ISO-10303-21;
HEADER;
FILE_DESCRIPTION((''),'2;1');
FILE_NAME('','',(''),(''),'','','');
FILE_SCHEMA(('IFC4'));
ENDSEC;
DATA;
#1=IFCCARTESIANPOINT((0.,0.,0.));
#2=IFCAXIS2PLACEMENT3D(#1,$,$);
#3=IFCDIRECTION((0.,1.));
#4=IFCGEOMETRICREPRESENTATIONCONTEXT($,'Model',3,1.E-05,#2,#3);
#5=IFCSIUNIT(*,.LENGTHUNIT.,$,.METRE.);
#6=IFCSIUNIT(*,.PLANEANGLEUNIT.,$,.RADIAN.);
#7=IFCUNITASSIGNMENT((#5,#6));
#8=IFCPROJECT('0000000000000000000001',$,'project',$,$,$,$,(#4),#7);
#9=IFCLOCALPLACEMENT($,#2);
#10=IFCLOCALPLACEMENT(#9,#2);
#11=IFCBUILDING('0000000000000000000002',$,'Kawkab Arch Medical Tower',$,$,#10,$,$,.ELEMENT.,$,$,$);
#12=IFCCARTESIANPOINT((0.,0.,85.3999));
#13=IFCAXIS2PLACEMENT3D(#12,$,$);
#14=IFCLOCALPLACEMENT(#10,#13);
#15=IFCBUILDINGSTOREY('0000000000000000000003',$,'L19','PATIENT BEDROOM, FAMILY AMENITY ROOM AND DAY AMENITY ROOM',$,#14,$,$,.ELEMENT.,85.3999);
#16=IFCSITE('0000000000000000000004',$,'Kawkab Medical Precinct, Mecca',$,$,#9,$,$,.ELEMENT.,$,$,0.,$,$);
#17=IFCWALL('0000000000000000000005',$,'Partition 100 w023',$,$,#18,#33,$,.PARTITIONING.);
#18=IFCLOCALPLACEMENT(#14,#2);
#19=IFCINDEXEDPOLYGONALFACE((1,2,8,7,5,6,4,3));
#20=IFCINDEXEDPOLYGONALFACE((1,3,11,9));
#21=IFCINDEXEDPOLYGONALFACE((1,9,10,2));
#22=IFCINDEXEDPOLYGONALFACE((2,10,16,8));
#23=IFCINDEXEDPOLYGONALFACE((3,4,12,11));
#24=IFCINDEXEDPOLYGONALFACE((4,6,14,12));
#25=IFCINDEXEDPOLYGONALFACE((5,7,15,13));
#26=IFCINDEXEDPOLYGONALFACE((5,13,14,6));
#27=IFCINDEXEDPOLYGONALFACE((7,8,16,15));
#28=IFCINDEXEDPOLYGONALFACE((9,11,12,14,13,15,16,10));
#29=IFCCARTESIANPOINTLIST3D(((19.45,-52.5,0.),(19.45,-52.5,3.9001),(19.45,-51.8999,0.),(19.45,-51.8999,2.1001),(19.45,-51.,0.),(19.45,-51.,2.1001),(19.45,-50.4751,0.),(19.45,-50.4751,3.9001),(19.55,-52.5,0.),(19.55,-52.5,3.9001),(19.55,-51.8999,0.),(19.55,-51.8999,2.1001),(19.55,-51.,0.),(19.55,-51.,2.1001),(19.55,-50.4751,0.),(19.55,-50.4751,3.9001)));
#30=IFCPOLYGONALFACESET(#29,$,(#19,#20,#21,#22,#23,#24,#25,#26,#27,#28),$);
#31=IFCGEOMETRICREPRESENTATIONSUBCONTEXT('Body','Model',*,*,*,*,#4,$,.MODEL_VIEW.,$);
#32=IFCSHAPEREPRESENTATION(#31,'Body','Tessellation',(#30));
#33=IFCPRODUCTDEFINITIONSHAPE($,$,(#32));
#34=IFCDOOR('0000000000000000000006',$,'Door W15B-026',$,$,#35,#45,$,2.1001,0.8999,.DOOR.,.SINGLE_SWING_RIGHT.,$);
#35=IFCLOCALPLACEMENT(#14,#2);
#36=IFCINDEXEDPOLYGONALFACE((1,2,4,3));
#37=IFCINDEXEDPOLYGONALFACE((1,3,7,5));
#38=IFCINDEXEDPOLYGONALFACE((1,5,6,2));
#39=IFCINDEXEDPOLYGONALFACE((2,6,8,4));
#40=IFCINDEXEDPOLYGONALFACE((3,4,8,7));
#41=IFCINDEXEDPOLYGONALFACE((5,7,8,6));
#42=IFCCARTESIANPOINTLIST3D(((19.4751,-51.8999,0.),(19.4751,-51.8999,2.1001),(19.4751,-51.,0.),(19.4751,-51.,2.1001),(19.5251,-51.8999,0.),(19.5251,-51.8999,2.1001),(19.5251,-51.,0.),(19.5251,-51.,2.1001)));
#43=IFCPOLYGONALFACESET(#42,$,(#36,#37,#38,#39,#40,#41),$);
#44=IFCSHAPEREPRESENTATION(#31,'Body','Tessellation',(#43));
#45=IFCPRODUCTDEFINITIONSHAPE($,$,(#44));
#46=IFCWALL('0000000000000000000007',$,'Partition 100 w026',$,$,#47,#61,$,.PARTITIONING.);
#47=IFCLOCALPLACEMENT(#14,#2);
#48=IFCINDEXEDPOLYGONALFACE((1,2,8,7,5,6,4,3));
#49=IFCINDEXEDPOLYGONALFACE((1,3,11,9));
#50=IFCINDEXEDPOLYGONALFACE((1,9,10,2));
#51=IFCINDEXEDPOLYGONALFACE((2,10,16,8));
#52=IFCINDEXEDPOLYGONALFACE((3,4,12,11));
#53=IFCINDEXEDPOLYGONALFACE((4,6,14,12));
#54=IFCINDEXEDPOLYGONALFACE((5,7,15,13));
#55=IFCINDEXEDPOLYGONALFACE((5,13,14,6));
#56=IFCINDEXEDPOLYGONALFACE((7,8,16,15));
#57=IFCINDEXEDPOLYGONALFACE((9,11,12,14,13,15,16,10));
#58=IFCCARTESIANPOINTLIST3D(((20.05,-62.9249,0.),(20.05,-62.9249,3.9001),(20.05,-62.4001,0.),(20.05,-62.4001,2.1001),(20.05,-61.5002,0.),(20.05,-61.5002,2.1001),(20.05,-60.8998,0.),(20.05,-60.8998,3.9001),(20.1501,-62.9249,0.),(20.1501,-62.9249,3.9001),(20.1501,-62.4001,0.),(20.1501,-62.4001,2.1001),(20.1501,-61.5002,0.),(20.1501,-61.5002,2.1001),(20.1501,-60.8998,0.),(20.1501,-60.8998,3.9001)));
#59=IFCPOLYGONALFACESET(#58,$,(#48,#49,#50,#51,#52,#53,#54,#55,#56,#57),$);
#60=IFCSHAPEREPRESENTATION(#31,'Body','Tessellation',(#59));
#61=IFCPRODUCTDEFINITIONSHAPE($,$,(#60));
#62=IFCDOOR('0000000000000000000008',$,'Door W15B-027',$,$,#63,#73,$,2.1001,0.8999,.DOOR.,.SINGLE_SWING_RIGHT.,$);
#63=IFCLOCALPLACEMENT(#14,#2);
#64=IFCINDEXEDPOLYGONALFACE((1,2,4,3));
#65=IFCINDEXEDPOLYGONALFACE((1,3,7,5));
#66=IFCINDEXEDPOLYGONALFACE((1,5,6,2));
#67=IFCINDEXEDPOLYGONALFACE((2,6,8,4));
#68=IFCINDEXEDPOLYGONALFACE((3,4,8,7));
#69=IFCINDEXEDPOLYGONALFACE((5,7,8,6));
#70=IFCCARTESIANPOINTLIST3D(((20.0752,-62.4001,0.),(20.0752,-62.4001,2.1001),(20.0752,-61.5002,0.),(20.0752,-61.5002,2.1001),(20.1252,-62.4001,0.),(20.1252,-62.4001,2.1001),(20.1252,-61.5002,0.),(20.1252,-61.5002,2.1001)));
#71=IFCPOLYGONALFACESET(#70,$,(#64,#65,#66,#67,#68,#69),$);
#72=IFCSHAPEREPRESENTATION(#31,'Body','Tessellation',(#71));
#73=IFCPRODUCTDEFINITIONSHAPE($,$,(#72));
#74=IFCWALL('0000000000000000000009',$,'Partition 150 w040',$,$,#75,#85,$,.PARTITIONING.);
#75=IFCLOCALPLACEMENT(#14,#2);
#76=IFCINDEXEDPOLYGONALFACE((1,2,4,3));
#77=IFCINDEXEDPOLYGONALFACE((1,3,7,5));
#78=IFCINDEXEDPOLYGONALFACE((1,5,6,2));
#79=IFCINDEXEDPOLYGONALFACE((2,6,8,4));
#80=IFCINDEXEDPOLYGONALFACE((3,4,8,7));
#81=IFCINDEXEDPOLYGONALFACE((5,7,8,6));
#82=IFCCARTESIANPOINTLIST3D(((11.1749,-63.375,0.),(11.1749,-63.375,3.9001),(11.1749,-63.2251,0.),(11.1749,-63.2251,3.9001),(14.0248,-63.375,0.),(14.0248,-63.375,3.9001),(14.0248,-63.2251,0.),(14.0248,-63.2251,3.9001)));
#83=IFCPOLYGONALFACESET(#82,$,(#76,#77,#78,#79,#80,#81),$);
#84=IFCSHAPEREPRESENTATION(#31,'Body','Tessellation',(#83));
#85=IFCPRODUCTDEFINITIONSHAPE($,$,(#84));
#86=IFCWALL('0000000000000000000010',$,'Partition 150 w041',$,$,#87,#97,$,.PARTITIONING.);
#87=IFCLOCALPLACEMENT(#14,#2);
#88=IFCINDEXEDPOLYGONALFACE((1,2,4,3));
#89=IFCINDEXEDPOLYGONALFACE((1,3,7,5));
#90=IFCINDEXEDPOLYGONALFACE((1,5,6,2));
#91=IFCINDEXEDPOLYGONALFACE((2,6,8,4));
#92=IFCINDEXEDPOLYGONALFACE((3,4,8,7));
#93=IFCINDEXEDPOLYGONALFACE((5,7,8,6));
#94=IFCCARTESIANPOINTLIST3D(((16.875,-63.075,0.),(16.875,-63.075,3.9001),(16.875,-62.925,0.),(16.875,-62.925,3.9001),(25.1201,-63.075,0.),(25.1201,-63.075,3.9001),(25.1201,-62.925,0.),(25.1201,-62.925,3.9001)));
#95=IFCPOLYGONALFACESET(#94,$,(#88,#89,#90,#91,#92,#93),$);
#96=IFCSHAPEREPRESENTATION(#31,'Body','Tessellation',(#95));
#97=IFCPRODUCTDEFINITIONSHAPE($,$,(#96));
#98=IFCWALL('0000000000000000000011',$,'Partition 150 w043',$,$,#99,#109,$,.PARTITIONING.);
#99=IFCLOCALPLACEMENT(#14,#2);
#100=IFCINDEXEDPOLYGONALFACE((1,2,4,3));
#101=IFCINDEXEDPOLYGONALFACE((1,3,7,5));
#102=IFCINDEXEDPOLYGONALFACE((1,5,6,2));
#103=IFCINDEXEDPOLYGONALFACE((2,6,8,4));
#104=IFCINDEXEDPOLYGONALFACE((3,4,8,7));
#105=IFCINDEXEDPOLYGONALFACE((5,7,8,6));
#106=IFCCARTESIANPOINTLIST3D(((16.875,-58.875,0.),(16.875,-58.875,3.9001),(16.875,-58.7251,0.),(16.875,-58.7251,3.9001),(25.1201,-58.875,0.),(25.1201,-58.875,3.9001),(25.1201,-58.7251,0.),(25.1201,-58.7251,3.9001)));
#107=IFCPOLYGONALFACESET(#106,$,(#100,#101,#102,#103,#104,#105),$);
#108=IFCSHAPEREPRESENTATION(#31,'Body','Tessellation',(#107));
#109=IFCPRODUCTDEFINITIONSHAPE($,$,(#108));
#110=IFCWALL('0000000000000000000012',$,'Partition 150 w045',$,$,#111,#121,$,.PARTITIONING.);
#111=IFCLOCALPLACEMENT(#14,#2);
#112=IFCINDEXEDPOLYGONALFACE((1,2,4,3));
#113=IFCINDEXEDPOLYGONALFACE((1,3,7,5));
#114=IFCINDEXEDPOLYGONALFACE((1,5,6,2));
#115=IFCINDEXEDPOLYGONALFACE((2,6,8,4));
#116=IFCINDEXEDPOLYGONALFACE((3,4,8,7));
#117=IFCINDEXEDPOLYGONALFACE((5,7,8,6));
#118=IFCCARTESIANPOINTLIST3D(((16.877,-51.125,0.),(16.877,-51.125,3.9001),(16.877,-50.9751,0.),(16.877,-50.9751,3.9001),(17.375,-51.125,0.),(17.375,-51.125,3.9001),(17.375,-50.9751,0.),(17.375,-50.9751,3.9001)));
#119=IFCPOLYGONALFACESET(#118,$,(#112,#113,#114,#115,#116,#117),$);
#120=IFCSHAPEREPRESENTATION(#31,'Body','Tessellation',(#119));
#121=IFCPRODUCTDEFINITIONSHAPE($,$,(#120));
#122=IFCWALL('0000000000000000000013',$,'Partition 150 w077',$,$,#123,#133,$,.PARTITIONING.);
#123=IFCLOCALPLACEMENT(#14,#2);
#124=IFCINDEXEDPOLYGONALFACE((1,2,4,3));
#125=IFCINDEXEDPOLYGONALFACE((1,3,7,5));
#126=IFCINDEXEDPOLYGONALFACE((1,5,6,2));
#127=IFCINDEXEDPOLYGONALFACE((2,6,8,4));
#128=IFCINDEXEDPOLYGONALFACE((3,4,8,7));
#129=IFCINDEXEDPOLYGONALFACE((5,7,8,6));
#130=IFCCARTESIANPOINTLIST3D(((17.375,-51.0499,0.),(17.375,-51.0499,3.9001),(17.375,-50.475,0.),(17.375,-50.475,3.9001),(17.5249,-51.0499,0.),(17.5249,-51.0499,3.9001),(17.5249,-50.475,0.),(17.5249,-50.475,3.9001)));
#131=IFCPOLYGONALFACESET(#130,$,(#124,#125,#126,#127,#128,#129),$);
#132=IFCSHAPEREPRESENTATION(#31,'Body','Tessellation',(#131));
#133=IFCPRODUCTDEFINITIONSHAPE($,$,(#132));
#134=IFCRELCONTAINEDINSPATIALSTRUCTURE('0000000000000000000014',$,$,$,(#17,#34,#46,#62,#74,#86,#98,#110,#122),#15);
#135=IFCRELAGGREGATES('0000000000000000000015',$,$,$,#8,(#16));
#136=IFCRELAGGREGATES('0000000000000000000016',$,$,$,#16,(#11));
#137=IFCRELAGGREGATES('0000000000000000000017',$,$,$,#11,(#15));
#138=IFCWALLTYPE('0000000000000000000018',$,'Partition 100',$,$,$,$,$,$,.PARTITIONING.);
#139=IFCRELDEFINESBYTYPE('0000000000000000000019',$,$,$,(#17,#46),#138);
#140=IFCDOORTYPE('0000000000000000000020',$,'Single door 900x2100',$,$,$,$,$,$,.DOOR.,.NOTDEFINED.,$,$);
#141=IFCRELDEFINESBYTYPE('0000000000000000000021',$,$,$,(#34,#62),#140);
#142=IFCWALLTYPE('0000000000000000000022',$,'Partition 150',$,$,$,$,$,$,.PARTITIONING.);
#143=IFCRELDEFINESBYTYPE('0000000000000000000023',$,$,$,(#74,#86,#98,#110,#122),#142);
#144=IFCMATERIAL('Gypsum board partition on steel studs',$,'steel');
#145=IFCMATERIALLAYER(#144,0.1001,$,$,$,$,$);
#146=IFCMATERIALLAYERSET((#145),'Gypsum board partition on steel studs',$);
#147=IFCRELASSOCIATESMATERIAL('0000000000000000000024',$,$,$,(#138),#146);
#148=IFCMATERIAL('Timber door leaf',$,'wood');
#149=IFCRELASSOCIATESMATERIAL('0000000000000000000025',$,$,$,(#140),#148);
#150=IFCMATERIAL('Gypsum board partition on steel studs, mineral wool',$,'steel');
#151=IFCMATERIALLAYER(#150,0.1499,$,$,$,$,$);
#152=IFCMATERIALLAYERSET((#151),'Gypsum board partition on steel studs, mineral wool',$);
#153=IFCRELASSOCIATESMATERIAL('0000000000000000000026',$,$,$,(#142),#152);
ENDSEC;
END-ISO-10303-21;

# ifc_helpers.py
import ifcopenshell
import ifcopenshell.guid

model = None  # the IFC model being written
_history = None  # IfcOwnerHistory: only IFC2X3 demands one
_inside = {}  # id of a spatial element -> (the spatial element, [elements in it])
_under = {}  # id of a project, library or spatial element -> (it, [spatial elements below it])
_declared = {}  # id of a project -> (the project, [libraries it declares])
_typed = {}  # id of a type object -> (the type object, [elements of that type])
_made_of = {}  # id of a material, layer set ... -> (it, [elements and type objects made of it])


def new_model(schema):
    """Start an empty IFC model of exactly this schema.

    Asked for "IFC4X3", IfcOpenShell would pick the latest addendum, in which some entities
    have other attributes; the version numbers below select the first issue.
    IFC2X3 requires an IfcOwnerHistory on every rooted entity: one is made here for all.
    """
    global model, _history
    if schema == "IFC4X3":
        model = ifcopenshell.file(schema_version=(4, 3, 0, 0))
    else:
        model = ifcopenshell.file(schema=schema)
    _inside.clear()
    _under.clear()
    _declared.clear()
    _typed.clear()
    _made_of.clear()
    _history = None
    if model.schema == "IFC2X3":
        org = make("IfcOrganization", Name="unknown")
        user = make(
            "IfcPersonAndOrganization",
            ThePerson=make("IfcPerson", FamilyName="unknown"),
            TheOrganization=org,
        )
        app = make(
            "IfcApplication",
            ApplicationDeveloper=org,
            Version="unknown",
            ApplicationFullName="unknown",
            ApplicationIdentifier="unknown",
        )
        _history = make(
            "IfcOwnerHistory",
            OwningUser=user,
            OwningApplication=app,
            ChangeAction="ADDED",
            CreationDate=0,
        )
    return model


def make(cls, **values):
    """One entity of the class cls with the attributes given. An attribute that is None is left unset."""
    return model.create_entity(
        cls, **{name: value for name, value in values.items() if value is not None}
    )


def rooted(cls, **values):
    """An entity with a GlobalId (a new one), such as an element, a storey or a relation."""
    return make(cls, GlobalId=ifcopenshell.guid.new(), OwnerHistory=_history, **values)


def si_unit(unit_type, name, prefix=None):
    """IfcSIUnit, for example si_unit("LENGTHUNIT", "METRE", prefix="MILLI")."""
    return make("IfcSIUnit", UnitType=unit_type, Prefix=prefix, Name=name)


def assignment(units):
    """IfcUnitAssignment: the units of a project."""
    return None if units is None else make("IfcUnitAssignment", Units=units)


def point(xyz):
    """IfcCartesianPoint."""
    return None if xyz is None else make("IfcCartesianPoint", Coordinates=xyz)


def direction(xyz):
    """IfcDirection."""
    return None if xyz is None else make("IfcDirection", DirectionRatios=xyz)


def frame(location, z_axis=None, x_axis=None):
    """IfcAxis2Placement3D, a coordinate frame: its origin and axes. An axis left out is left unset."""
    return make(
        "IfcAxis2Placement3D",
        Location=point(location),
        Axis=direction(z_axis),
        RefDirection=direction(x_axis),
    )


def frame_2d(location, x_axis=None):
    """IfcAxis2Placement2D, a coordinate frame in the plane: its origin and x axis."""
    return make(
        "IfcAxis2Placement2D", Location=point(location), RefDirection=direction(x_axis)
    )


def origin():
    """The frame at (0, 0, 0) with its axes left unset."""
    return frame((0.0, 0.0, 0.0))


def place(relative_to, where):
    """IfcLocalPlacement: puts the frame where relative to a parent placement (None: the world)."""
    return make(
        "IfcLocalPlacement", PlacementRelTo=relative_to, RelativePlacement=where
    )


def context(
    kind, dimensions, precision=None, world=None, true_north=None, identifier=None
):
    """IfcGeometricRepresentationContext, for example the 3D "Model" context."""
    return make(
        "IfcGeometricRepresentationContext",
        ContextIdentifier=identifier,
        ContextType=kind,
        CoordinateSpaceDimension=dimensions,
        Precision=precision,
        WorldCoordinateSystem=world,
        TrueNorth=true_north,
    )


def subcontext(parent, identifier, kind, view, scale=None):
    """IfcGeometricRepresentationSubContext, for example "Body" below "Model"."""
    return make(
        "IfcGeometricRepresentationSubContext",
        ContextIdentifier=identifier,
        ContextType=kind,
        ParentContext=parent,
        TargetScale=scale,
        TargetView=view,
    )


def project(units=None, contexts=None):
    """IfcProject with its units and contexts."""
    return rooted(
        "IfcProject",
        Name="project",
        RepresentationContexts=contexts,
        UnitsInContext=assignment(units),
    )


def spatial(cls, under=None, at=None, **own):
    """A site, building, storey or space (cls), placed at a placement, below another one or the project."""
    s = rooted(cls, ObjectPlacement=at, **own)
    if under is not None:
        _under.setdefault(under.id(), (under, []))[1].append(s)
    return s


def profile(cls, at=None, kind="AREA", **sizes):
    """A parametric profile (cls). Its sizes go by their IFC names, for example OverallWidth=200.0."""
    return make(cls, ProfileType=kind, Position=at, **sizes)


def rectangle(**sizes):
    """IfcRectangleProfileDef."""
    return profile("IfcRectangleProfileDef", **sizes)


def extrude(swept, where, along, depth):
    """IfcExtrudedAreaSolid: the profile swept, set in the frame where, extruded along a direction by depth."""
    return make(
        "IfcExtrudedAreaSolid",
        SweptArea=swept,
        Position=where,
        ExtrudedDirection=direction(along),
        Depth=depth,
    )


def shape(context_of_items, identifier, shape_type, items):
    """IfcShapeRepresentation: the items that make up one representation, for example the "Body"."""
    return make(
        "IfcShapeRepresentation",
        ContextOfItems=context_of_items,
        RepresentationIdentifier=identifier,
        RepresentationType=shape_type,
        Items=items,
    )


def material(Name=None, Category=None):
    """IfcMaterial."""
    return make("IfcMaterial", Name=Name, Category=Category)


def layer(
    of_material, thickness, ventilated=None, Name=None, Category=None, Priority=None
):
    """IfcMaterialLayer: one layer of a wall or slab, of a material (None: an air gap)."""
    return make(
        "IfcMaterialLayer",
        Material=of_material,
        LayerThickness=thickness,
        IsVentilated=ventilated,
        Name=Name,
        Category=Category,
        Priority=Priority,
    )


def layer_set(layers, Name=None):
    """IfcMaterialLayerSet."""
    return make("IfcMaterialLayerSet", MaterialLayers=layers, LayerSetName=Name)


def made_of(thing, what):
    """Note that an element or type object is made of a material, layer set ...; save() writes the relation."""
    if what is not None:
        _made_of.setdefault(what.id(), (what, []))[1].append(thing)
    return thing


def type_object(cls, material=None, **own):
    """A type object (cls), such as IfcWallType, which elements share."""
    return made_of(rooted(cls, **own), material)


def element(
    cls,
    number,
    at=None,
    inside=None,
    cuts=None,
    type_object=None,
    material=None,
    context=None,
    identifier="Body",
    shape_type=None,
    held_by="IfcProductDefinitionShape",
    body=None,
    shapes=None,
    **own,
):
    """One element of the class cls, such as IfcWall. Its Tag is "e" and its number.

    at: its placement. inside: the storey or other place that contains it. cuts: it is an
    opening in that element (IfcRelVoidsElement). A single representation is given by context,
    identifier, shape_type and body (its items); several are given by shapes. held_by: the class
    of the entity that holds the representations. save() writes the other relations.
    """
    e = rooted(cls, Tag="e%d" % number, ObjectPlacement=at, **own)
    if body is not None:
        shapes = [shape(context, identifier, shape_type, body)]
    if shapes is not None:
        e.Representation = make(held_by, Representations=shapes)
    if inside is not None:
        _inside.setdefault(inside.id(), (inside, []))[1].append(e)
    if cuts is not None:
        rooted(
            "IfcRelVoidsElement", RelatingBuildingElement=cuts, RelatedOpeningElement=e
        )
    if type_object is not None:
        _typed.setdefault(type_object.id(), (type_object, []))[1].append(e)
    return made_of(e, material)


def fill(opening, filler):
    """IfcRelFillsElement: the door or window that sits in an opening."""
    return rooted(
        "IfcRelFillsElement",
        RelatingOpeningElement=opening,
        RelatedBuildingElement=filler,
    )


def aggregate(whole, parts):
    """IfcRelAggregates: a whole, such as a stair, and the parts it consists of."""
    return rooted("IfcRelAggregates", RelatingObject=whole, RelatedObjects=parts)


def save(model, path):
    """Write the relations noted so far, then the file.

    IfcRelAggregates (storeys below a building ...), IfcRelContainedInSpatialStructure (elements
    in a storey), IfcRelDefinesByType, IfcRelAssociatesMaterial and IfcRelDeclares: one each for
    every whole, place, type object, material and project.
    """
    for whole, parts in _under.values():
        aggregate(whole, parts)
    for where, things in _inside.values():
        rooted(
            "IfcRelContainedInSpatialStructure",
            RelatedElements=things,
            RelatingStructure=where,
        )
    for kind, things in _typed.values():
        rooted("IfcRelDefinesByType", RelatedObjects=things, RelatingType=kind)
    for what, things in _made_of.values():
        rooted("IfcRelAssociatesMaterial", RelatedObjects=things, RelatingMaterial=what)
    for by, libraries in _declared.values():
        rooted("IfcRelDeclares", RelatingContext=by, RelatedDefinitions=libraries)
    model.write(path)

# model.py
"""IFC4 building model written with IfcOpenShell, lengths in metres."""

from ifc_helpers import new_model, si_unit, direction, frame, frame_2d, origin, place, context, subcontext, project, spatial, rectangle, extrude, material, layer, layer_set, type_object, element, fill, save


model = new_model("IFC4")

# Units and contexts
model_context = context("Model", 3, precision=1e-05, world=origin(), true_north=direction((0.0, 1.0)))
body_context = subcontext(model_context, "Body", "Model", "MODEL_VIEW")
ifc_project = project(units=[si_unit("LENGTHUNIT", "METRE"), si_unit("PLANEANGLEUNIT", "RADIAN")], contexts=[model_context])

# Site, building, storey
site_placement = place(None, origin())
site = spatial("IfcSite", under=ifc_project, at=site_placement, Name="Kawkab Medical Precinct, Mecca", CompositionType="ELEMENT", RefElevation=0.0)
building_placement = place(site_placement, origin())
building = spatial("IfcBuilding", under=site, at=building_placement, Name="Kawkab Arch Medical Tower", CompositionType="ELEMENT")
storey_placement = place(building_placement, frame((0.0, 0.0, 85.3999)))
storey = spatial("IfcBuildingStorey", under=building, at=storey_placement, Name="L19", Description="PATIENT BEDROOM, FAMILY AMENITY ROOM AND DAY AMENITY ROOM", CompositionType="ELEMENT", Elevation=85.3999)

# Shared definitions
ifc_material_1 = material(Name="Gypsum board partition on steel studs", Category="steel")
ifc_layer_1 = layer(ifc_material_1, 0.1001)
ifc_layer_set_1 = layer_set([ifc_layer_1], Name="Gypsum board partition on steel studs")
wall_type_1 = type_object("IfcWallType", Name="Partition 100", PredefinedType="PARTITIONING", material=ifc_layer_set_1)

# Shared definitions
ifc_material_2 = material(Name="Timber door leaf", Category="wood")
door_type_1 = type_object("IfcDoorType", Name="Single door 900x2100", OperationType="NOTDEFINED", PredefinedType="DOOR", material=ifc_material_2)

# Walls, openings, doors
wall_1_placement = place(storey_placement, frame((19.5, -52.5, 0.0), z_axis=(0.0, 0.0, 1.0), x_axis=(0.0, 1.0, 0.0)))
wall_1 = element("IfcWall", 1, at=wall_1_placement, inside=storey, type_object=wall_type_1, Name="Partition 100 w023", PredefinedType="PARTITIONING", context=body_context, shape_type="SweptSolid", body=[
    extrude(rectangle(XDim=2.0249, YDim=0.1001, at=frame_2d((1.0125, 0.0))), origin(), (0.0, 0.0, 1.0), 3.9001),
])
opening_1_placement = place(wall_1_placement, frame((0.6001, 0.0, 0.0)))
opening_1 = element("IfcOpeningElement", 2, at=opening_1_placement, cuts=wall_1, PredefinedType="OPENING", context=body_context, shape_type="SweptSolid", body=[
    extrude(rectangle(XDim=0.8999, YDim=2.1001, at=frame_2d((0.45, 1.05))), frame((0.0, 0.0601, 0.0), z_axis=(0.0, -1.0, 0.0), x_axis=(1.0, 0.0, 0.0)), (0.0, 0.0, 1.0), 0.1201),
])
door_1_placement = place(opening_1_placement, origin())
door_1 = element("IfcDoor", 3, at=door_1_placement, inside=storey, type_object=door_type_1, Name="Door W15B-026", OperationType="SINGLE_SWING_RIGHT", OverallHeight=2.1001, OverallWidth=0.8999, PredefinedType="DOOR", context=body_context, shape_type="SweptSolid", body=[
    extrude(rectangle(XDim=0.8999, YDim=2.1001, at=frame_2d((0.45, 1.05))), frame((0.0, 0.0249, 0.0), z_axis=(0.0, -1.0, 0.0), x_axis=(1.0, 0.0, 0.0)), (0.0, 0.0, 1.0), 0.05),
])
fill(opening_1, door_1)
wall_2_placement = place(storey_placement, frame((20.1001, -62.925, 0.0), z_axis=(0.0, 0.0, 1.0), x_axis=(0.0, 1.0, 0.0)))
wall_2 = element("IfcWall", 4, at=wall_2_placement, inside=storey, type_object=wall_type_1, Name="Partition 100 w026", PredefinedType="PARTITIONING", context=body_context, shape_type="SweptSolid", body=[
    extrude(rectangle(XDim=2.0251, YDim=0.1001, at=frame_2d((1.0127, 0.0))), origin(), (0.0, 0.0, 1.0), 3.9001),
])
opening_2_placement = place(wall_2_placement, frame((0.5249, 0.0, 0.0)))
opening_2 = element("IfcOpeningElement", 5, at=opening_2_placement, cuts=wall_2, PredefinedType="OPENING", context=body_context, shape_type="SweptSolid", body=[
    extrude(rectangle(XDim=0.8999, YDim=2.1001, at=frame_2d((0.45, 1.05))), frame((0.0, 0.0601, 0.0), z_axis=(0.0, -1.0, 0.0), x_axis=(1.0, 0.0, 0.0)), (0.0, 0.0, 1.0), 0.1201),
])
door_2_placement = place(opening_2_placement, origin())
door_2 = element("IfcDoor", 6, at=door_2_placement, inside=storey, type_object=door_type_1, Name="Door W15B-027", OperationType="SINGLE_SWING_RIGHT", OverallHeight=2.1001, OverallWidth=0.8999, PredefinedType="DOOR", context=body_context, shape_type="SweptSolid", body=[
    extrude(rectangle(XDim=0.8999, YDim=2.1001, at=frame_2d((0.45, 1.05))), frame((0.0, 0.0249, 0.0), z_axis=(0.0, -1.0, 0.0), x_axis=(1.0, 0.0, 0.0)), (0.0, 0.0, 1.0), 0.05),
])
fill(opening_2, door_2)

# Walls
ifc_material_3 = material(Name="Gypsum board partition on steel studs, mineral wool", Category="steel")
ifc_layer_2 = layer(ifc_material_3, 0.1499)
ifc_layer_set_2 = layer_set([ifc_layer_2], Name="Gypsum board partition on steel studs, mineral wool")
wall_type_2 = type_object("IfcWallType", Name="Partition 150", PredefinedType="PARTITIONING", material=ifc_layer_set_2)
wall_3_placement = place(storey_placement, frame((11.175, -63.3, 0.0), z_axis=(0.0, 0.0, 1.0), x_axis=(1.0, 0.0, 0.0)))
element("IfcWall", 7, at=wall_3_placement, inside=storey, type_object=wall_type_2, Name="Partition 150 w040", PredefinedType="PARTITIONING", context=body_context, shape_type="SweptSolid", body=[
    extrude(rectangle(XDim=2.8499, YDim=0.1499, at=frame_2d((1.4248, 0.0))), origin(), (0.0, 0.0, 1.0), 3.9001),
])
for number, where, z_axis, x_axis, name in (
    (8, (16.875, -63.0, 0.0), (0.0, 0.0, 1.0), (1.0, 0.0, 0.0), "Partition 150 w041"),
    (9, (16.875, -58.8, 0.0), (0.0, 0.0, 1.0), (1.0, 0.0, 0.0), "Partition 150 w043"),
):
    element("IfcWall", number, at=place(storey_placement, frame(where, z_axis=z_axis, x_axis=x_axis)), inside=storey, type_object=wall_type_2, Name=name, PredefinedType="PARTITIONING", context=body_context, shape_type="SweptSolid", body=[
        extrude(rectangle(XDim=8.2451, YDim=0.1499, at=frame_2d((4.1226, 0.0))), origin(), (0.0, 0.0, 1.0), 3.9001),
    ])
wall_4_placement = place(storey_placement, frame((16.877, -51.05, 0.0), z_axis=(0.0, 0.0, 1.0), x_axis=(1.0, 0.0, 0.0)))
element("IfcWall", 10, at=wall_4_placement, inside=storey, type_object=wall_type_2, Name="Partition 150 w045", PredefinedType="PARTITIONING", context=body_context, shape_type="SweptSolid", body=[
    extrude(rectangle(XDim=0.498, YDim=0.1499, at=frame_2d((0.249, 0.0))), origin(), (0.0, 0.0, 1.0), 3.9001),
])
wall_5_placement = place(storey_placement, frame((17.45, -51.05, 0.0), z_axis=(0.0, 0.0, 1.0), x_axis=(0.0, 1.0, 0.0)))
element("IfcWall", 11, at=wall_5_placement, inside=storey, type_object=wall_type_2, Name="Partition 150 w077", PredefinedType="PARTITIONING", context=body_context, shape_type="SweptSolid", body=[
    extrude(rectangle(XDim=0.575, YDim=0.1499, at=frame_2d((0.2876, 0.0))), origin(), (0.0, 0.0, 1.0), 3.9001),
])

save(model, "model.ifc")
